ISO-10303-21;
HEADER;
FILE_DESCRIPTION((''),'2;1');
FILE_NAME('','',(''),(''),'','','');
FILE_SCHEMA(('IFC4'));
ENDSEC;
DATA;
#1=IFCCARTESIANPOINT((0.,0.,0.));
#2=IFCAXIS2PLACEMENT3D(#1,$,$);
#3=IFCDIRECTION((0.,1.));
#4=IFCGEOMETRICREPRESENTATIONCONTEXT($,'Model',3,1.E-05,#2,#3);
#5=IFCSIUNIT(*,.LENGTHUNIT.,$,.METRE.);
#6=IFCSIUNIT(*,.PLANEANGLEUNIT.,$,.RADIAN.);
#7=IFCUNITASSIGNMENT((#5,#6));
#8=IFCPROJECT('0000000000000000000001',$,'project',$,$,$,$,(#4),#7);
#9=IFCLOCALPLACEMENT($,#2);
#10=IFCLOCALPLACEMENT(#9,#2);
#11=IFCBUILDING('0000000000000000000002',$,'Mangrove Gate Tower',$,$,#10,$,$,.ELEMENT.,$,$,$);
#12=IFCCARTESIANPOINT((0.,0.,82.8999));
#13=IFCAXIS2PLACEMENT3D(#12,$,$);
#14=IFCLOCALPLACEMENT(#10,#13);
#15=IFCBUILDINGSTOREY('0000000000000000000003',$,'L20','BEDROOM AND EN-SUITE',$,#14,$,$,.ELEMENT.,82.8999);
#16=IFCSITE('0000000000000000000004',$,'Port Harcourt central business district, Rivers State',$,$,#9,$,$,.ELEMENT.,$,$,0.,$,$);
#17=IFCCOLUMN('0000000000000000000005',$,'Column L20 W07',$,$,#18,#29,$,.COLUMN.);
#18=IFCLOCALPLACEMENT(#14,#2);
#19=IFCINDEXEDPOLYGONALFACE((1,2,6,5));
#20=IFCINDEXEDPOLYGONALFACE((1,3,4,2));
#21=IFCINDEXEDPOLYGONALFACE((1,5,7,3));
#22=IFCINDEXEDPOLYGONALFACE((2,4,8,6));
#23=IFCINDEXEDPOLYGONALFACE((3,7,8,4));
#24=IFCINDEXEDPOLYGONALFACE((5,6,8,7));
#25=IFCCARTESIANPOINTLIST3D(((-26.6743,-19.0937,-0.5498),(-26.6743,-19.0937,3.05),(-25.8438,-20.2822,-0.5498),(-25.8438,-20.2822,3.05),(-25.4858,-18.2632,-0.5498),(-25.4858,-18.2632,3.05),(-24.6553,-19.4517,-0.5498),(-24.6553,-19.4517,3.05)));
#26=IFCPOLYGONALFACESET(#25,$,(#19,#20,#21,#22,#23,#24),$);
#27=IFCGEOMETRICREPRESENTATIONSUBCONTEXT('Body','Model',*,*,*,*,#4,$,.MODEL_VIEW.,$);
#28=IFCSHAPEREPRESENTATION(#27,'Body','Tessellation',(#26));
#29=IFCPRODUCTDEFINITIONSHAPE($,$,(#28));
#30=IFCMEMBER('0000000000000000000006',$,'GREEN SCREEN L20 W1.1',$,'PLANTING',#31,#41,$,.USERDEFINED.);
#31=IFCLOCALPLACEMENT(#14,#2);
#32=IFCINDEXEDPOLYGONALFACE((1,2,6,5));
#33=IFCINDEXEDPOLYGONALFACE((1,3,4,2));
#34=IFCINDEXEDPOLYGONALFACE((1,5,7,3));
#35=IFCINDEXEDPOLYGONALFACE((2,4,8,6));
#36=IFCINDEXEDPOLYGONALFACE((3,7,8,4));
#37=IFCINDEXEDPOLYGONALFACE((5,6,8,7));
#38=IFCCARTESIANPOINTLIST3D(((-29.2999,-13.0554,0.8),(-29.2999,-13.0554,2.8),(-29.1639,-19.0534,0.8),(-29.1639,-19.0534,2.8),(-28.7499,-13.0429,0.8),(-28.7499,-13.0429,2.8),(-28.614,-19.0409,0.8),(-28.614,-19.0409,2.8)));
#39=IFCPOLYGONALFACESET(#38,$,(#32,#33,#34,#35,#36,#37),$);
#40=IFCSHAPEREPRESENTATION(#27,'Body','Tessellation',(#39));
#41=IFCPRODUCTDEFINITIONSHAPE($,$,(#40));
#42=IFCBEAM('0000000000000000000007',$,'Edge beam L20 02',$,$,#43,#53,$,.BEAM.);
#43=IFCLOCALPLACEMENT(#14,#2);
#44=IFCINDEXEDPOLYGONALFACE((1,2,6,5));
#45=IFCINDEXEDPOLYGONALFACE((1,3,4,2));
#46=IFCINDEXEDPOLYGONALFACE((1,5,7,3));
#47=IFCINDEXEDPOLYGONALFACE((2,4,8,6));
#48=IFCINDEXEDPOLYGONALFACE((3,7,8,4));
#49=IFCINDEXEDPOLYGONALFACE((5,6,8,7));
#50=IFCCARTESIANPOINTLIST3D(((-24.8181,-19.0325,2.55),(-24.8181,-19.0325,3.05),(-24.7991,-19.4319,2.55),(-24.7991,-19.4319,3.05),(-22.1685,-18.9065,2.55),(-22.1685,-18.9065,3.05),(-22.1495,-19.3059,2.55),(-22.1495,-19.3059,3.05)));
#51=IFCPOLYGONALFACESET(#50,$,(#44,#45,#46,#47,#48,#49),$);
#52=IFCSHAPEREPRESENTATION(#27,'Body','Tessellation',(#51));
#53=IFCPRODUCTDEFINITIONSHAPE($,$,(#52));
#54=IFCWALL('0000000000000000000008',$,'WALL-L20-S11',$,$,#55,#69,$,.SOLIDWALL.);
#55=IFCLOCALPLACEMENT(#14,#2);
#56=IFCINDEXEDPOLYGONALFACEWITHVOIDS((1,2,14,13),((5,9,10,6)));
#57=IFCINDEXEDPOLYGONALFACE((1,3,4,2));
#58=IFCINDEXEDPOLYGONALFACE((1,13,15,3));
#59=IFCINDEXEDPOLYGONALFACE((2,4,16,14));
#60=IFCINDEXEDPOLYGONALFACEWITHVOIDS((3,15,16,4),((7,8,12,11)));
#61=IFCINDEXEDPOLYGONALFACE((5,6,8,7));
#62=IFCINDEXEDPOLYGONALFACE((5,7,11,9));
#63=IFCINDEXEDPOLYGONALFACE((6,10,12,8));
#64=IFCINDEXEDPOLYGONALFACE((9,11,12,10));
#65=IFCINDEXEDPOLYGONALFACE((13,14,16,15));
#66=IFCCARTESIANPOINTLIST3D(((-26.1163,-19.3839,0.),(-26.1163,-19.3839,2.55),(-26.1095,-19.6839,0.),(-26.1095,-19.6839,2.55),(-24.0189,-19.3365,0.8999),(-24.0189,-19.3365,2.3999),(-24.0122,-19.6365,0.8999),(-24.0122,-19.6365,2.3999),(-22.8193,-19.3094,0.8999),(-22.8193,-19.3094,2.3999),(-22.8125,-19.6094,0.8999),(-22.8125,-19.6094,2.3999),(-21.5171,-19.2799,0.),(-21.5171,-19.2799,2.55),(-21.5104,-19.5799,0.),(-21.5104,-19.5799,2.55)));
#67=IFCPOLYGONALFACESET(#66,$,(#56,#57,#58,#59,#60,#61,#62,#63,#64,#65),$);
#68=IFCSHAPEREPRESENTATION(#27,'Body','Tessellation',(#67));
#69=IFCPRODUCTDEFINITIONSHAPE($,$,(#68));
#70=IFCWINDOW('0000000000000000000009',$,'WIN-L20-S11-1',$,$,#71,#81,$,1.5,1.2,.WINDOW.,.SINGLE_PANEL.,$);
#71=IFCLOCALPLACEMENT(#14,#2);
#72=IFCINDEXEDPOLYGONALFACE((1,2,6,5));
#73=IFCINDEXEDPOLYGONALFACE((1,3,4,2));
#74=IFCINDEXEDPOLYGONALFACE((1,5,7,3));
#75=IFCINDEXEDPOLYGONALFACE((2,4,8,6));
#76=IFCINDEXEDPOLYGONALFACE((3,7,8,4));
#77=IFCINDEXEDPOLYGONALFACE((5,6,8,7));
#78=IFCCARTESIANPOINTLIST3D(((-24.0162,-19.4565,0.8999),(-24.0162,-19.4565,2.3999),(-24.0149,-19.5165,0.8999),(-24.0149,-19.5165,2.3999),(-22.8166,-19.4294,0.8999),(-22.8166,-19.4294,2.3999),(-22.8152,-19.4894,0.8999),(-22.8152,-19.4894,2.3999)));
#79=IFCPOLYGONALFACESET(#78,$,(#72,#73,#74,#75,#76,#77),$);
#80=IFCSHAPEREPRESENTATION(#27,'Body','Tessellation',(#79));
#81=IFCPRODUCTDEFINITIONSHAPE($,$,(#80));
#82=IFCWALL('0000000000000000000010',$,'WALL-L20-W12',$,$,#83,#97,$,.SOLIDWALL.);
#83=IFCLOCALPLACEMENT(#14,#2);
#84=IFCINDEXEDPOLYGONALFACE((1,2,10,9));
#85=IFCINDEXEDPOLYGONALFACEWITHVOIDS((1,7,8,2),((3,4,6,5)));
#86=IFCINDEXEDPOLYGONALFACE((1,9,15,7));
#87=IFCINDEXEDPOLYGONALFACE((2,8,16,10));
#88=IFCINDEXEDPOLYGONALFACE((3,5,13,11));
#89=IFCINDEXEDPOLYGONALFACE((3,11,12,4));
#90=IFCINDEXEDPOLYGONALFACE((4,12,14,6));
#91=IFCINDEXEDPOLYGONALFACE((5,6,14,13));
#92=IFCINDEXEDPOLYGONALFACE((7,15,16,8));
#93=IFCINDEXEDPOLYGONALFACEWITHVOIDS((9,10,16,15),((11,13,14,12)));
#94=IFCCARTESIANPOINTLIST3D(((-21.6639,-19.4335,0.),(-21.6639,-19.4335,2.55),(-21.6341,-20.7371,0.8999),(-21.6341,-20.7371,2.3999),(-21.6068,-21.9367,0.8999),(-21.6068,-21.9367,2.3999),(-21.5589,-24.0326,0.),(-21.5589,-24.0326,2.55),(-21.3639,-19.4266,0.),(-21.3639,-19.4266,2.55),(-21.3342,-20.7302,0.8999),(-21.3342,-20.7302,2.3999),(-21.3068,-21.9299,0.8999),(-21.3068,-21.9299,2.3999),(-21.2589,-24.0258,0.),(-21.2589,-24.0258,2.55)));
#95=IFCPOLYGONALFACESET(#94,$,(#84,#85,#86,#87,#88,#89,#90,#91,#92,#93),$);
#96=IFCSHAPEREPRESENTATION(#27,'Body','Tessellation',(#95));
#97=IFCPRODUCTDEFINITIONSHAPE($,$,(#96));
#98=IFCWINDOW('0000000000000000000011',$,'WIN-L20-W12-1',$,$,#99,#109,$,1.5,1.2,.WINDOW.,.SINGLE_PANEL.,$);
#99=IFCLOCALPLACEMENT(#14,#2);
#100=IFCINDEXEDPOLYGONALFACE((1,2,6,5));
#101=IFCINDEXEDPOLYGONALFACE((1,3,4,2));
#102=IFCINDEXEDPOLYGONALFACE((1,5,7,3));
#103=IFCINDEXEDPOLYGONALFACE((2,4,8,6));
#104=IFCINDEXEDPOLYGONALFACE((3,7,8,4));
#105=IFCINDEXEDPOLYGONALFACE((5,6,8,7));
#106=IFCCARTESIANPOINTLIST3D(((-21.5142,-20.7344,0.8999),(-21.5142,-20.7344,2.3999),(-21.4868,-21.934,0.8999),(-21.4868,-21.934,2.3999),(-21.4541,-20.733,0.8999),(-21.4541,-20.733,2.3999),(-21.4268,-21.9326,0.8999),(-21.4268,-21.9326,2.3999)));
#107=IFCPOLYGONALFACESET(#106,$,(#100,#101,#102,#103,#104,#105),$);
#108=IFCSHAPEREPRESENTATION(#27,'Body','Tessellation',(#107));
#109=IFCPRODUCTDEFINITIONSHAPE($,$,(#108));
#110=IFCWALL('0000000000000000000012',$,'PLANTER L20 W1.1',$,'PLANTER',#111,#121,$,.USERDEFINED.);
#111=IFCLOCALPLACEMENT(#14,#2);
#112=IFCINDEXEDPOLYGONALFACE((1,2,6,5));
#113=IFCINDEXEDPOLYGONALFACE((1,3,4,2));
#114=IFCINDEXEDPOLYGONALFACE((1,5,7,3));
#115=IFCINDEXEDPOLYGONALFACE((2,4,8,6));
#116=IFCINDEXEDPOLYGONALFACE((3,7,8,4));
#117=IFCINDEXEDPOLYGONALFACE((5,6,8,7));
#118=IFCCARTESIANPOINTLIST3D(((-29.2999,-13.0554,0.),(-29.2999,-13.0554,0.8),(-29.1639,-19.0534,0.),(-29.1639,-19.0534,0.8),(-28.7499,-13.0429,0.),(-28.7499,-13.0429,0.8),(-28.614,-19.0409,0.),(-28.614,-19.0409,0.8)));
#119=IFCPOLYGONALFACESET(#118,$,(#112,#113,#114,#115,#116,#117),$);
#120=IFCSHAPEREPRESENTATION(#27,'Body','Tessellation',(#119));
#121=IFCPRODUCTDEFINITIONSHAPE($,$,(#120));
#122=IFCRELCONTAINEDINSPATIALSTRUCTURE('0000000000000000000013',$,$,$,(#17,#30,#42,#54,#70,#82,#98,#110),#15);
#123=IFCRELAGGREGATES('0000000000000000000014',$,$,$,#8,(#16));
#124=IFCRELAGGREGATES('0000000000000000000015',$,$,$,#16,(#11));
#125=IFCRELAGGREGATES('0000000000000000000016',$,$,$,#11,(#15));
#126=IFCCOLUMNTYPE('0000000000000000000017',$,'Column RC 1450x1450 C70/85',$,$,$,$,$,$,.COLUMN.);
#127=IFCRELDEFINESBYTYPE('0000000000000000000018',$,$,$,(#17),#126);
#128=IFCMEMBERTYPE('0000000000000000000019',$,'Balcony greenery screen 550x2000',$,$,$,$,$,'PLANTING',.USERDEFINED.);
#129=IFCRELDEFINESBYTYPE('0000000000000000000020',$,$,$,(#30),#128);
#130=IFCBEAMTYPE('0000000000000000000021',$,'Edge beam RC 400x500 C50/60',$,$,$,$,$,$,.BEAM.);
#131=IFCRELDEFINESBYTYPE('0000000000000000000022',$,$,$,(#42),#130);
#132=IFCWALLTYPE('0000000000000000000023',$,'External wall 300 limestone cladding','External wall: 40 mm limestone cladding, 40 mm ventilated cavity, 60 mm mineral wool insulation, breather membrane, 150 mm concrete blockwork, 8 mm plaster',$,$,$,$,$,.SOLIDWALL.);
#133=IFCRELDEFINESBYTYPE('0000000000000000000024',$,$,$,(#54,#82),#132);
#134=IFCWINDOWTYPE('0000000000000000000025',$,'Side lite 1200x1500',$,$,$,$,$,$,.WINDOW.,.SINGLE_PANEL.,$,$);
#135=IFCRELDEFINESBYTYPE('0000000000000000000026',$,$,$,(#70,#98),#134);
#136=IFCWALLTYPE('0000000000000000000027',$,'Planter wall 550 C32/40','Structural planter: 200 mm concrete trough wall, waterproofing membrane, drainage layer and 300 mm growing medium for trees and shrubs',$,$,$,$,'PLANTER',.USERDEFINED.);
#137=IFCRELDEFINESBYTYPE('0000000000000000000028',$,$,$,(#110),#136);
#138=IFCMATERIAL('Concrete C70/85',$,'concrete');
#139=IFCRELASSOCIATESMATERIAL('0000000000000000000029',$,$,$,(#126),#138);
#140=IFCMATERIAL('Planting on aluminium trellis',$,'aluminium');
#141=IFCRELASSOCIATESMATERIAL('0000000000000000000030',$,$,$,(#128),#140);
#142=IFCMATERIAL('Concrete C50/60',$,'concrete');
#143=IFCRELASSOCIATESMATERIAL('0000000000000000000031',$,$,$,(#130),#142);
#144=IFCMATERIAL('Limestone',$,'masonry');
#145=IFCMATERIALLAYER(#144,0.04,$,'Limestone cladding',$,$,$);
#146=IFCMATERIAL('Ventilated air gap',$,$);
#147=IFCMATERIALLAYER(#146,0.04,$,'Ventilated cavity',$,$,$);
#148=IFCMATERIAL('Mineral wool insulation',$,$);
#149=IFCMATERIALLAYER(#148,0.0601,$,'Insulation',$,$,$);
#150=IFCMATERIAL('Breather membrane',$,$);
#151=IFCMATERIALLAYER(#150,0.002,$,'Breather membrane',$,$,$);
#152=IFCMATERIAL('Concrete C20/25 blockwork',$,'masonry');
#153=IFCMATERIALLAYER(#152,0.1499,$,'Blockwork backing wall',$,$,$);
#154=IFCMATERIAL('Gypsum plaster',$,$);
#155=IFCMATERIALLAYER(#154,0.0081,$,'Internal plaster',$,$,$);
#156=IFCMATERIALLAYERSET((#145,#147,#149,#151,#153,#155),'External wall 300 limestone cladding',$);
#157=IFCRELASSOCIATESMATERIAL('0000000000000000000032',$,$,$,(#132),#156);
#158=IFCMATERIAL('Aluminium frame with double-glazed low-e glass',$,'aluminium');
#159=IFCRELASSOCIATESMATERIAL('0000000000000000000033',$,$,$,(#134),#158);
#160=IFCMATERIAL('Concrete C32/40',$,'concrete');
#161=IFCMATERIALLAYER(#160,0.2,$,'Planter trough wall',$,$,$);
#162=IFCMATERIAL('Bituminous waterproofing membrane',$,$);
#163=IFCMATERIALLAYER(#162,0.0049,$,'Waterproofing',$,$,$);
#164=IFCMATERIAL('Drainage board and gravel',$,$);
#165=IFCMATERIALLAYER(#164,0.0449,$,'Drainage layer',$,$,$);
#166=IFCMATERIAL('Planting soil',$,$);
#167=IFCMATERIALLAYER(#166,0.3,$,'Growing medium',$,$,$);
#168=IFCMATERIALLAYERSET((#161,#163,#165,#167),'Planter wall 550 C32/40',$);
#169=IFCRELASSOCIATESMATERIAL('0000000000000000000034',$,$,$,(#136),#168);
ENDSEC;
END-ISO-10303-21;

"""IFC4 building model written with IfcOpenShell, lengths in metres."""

from ifc_helpers import new_model, si_unit, direction, frame, frame_2d, origin, origin_2d, place, context, subcontext, project, spatial, rectangle, extrude, material, layer, layer_set, material_profile, profile_set, type_object, element, fill, save


model = new_model("IFC4")

# Units and contexts
model_context = context("Model", 3, precision=1e-05, world=origin(), true_north=direction((0.0, 1.0)))
body_context = subcontext(model_context, "Body", "Model", "MODEL_VIEW")
ifc_project = project(units=[si_unit("LENGTHUNIT", "METRE"), si_unit("PLANEANGLEUNIT", "RADIAN")], contexts=[model_context])

# Site, building, storey
site_placement = place(None, origin())
site = spatial("IfcSite", under=ifc_project, at=site_placement, Name="Port Harcourt central business district, Rivers State", CompositionType="ELEMENT", RefElevation=0.0)
building_placement = place(site_placement, origin())
building = spatial("IfcBuilding", under=site, at=building_placement, Name="Mangrove Gate Tower", CompositionType="ELEMENT")
storey_placement = place(building_placement, frame((0.0, 0.0, 82.8999)))
storey = spatial("IfcBuildingStorey", under=building, at=storey_placement, Name="L20", Description="BEDROOM AND EN-SUITE", CompositionType="ELEMENT", Elevation=82.8999)

# Column
ifc_material_1 = material(Name="Concrete C70/85", Category="concrete")
ifc_material_profile_1 = material_profile(ifc_material_1, rectangle(XDim=1.45, YDim=1.45, at=origin_2d()))
ifc_profile_set_1 = profile_set([ifc_material_profile_1], Name="Concrete C70/85")
column_type = type_object("IfcColumnType", Name="Column RC 1450x1450 C70/85", PredefinedType="COLUMN", material=ifc_profile_set_1)
column_placement = place(storey_placement, frame((-25.6648, -19.2727, -0.5498), z_axis=(0.0, 0.0, 1.0), x_axis=(0.572799, -0.819696, 0.0)))
element("IfcColumn", 1, at=column_placement, inside=storey, type_object=column_type, Name="Column L20 W07", PredefinedType="COLUMN", context=body_context, shape_type="SweptSolid", body=[
    extrude(rectangle(XDim=1.45, YDim=1.45, at=origin_2d()), origin(), (0.0, 0.0, 1.0), 3.5999),
])

# Member
ifc_material_2 = material(Name="Planting on aluminium trellis", Category="aluminium")
ifc_material_profile_2 = material_profile(ifc_material_2, rectangle(XDim=0.55, YDim=2.0, at=origin_2d()))
ifc_profile_set_2 = profile_set([ifc_material_profile_2], Name="Planting on aluminium trellis")
member_type = type_object("IfcMemberType", Name="Balcony greenery screen 550x2000", ElementType="PLANTING", PredefinedType="USERDEFINED", material=ifc_profile_set_2)
member_placement = place(storey_placement, frame((-28.8889, -19.0471, 1.8), z_axis=(-0.022666, 0.999743, 0.0), x_axis=(-0.999743, -0.022666, 0.0)))
element("IfcMember", 2, at=member_placement, inside=storey, type_object=member_type, Name="GREEN SCREEN L20 W1.1", ObjectType="PLANTING", PredefinedType="USERDEFINED", context=body_context, shape_type="SweptSolid", body=[
    extrude(rectangle(XDim=0.55, YDim=2.0, at=origin_2d()), origin(), (0.0, 0.0, 1.0), 5.9995),
])

# Beam
ifc_material_3 = material(Name="Concrete C50/60", Category="concrete")
ifc_material_profile_3 = material_profile(ifc_material_3, rectangle(XDim=0.3999, YDim=0.5, at=origin_2d()))
ifc_profile_set_3 = profile_set([ifc_material_profile_3], Name="Concrete C50/60")
beam_type = type_object("IfcBeamType", Name="Edge beam RC 400x500 C50/60", PredefinedType="BEAM", material=ifc_profile_set_3)
beam_placement = place(storey_placement, frame((-24.8086, -19.2322, 2.8), z_axis=(0.998872, 0.047491, 0.0), x_axis=(-0.047491, 0.998872, 0.0)))
element("IfcBeam", 3, at=beam_placement, inside=storey, type_object=beam_type, Name="Edge beam L20 02", PredefinedType="BEAM", context=body_context, shape_type="SweptSolid", body=[
    extrude(rectangle(XDim=0.3999, YDim=0.5, at=origin_2d()), origin(), (0.0, 0.0, 1.0), 2.6526),
])

# Walls, openings, windows
ifc_material_4 = material(Name="Limestone", Category="masonry")
ifc_layer_1 = layer(ifc_material_4, 0.04, Name="Limestone cladding")
ifc_material_5 = material(Name="Ventilated air gap")
ifc_layer_2 = layer(ifc_material_5, 0.04, Name="Ventilated cavity")
ifc_material_6 = material(Name="Mineral wool insulation")
ifc_layer_3 = layer(ifc_material_6, 0.0601, Name="Insulation")
ifc_material_7 = material(Name="Breather membrane")
ifc_layer_4 = layer(ifc_material_7, 0.002, Name="Breather membrane")
ifc_material_8 = material(Name="Concrete C20/25 blockwork", Category="masonry")
ifc_layer_5 = layer(ifc_material_8, 0.1499, Name="Blockwork backing wall")
ifc_material_9 = material(Name="Gypsum plaster")
ifc_layer_6 = layer(ifc_material_9, 0.0081, Name="Internal plaster")
ifc_layer_set_1 = layer_set([ifc_layer_1, ifc_layer_2, ifc_layer_3, ifc_layer_4, ifc_layer_5, ifc_layer_6], Name="External wall 300 limestone cladding")
wall_type_1 = type_object("IfcWallType", Name="External wall 300 limestone cladding", Description="External wall: 40 mm limestone cladding, 40 mm ventilated cavity, 60 mm mineral wool insulation, breather membrane, 150 mm concrete blockwork, 8 mm plaster", PredefinedType="SOLIDWALL", material=ifc_layer_set_1)
wall_1_placement = place(storey_placement, frame((-26.113, -19.5339, 0.0), z_axis=(0.0, 0.0, 1.0), x_axis=(0.999744, 0.022608, 0.0)))
wall_1 = element("IfcWall", 4, at=wall_1_placement, inside=storey, type_object=wall_type_1, Name="WALL-L20-S11", PredefinedType="SOLIDWALL", context=body_context, shape_type="SweptSolid", body=[
    extrude(rectangle(XDim=4.6003, YDim=0.3, at=frame_2d((2.3003, 0.0))), origin(), (0.0, 0.0, 1.0), 2.55),
])
opening_1_placement = place(wall_1_placement, frame((2.0979, 0.0, 0.8999)))
opening_1 = element("IfcOpeningElement", 5, at=opening_1_placement, cuts=wall_1, PredefinedType="OPENING", context=body_context, shape_type="SweptSolid", body=[
    extrude(rectangle(XDim=1.2, YDim=1.5, at=frame_2d((0.6001, 0.75))), frame((0.0, 0.1599, 0.0), z_axis=(0.0, -1.0, 0.0), x_axis=(1.0, 0.0, 0.0)), (0.0, 0.0, 1.0), 0.3201),
])
ifc_material_10 = material(Name="Aluminium frame with double-glazed low-e glass", Category="aluminium")
window_type_1 = type_object("IfcWindowType", Name="Side lite 1200x1500", PartitioningType="SINGLE_PANEL", PredefinedType="WINDOW", material=ifc_material_10)
window_1_placement = place(opening_1_placement, origin())
window_1 = element("IfcWindow", 6, at=window_1_placement, inside=storey, type_object=window_type_1, Name="WIN-L20-S11-1", OverallHeight=1.5, OverallWidth=1.2, PartitioningType="SINGLE_PANEL", PredefinedType="WINDOW", context=body_context, shape_type="SweptSolid", body=[
    extrude(rectangle(XDim=1.2, YDim=1.5, at=frame_2d((0.6001, 0.75))), frame((0.0, 0.03, 0.0), z_axis=(0.0, -1.0, 0.0), x_axis=(1.0, 0.0, 0.0)), (0.0, 0.0, 1.0), 0.0601),
])
fill(opening_1, window_1)
wall_2_placement = place(storey_placement, frame((-21.5139, -19.4299, 0.0), z_axis=(0.0, 0.0, 1.0), x_axis=(0.02282, -0.99974, 0.0)))
wall_2 = element("IfcWall", 7, at=wall_2_placement, inside=storey, type_object=wall_type_1, Name="WALL-L20-W12", PredefinedType="SOLIDWALL", context=body_context, shape_type="SweptSolid", body=[
    extrude(rectangle(XDim=4.6003, YDim=0.3, at=frame_2d((2.3003, 0.0))), origin(), (0.0, 0.0, 1.0), 2.55),
])
opening_2_placement = place(wall_2_placement, frame((1.304, 0.0, 0.8999)))
opening_2 = element("IfcOpeningElement", 8, at=opening_2_placement, cuts=wall_2, PredefinedType="OPENING", context=body_context, shape_type="SweptSolid", body=[
    extrude(rectangle(XDim=1.2, YDim=1.5, at=frame_2d((0.6001, 0.75))), frame((0.0, 0.1599, 0.0), z_axis=(0.0, -1.0, 0.0), x_axis=(1.0, 0.0, 0.0)), (0.0, 0.0, 1.0), 0.3201),
])
window_2_placement = place(opening_2_placement, origin())
window_2 = element("IfcWindow", 9, at=window_2_placement, inside=storey, type_object=window_type_1, Name="WIN-L20-W12-1", OverallHeight=1.5, OverallWidth=1.2, PartitioningType="SINGLE_PANEL", PredefinedType="WINDOW", context=body_context, shape_type="SweptSolid", body=[
    extrude(rectangle(XDim=1.2, YDim=1.5, at=frame_2d((0.6001, 0.75))), frame((0.0, 0.03, 0.0), z_axis=(0.0, -1.0, 0.0), x_axis=(1.0, 0.0, 0.0)), (0.0, 0.0, 1.0), 0.0601),
])
fill(opening_2, window_2)

# Wall
ifc_material_11 = material(Name="Concrete C32/40", Category="concrete")
ifc_layer_7 = layer(ifc_material_11, 0.2, Name="Planter trough wall")
ifc_material_12 = material(Name="Bituminous waterproofing membrane")
ifc_layer_8 = layer(ifc_material_12, 0.0049, Name="Waterproofing")
ifc_material_13 = material(Name="Drainage board and gravel")
ifc_layer_9 = layer(ifc_material_13, 0.0449, Name="Drainage layer")
ifc_material_14 = material(Name="Planting soil")
ifc_layer_10 = layer(ifc_material_14, 0.3, Name="Growing medium")
ifc_layer_set_2 = layer_set([ifc_layer_7, ifc_layer_8, ifc_layer_9, ifc_layer_10], Name="Planter wall 550 C32/40")
wall_type_2 = type_object("IfcWallType", Name="Planter wall 550 C32/40", Description="Structural planter: 200 mm concrete trough wall, waterproofing membrane, drainage layer and 300 mm growing medium for trees and shrubs", ElementType="PLANTER", PredefinedType="USERDEFINED", material=ifc_layer_set_2)
wall_3_placement = place(storey_placement, frame((-28.8889, -19.0471, 0.0), z_axis=(0.0, 0.0, 1.0), x_axis=(-0.022666, 0.999743, 0.0)))
element("IfcWall", 10, at=wall_3_placement, inside=storey, type_object=wall_type_2, Name="PLANTER L20 W1.1", ObjectType="PLANTER", PredefinedType="USERDEFINED", context=body_context, shape_type="SweptSolid", body=[
    extrude(rectangle(XDim=5.9995, YDim=0.55, at=frame_2d((2.9998, 0.0))), origin(), (0.0, 0.0, 1.0), 0.8),
])

save(model, "model.ifc")
